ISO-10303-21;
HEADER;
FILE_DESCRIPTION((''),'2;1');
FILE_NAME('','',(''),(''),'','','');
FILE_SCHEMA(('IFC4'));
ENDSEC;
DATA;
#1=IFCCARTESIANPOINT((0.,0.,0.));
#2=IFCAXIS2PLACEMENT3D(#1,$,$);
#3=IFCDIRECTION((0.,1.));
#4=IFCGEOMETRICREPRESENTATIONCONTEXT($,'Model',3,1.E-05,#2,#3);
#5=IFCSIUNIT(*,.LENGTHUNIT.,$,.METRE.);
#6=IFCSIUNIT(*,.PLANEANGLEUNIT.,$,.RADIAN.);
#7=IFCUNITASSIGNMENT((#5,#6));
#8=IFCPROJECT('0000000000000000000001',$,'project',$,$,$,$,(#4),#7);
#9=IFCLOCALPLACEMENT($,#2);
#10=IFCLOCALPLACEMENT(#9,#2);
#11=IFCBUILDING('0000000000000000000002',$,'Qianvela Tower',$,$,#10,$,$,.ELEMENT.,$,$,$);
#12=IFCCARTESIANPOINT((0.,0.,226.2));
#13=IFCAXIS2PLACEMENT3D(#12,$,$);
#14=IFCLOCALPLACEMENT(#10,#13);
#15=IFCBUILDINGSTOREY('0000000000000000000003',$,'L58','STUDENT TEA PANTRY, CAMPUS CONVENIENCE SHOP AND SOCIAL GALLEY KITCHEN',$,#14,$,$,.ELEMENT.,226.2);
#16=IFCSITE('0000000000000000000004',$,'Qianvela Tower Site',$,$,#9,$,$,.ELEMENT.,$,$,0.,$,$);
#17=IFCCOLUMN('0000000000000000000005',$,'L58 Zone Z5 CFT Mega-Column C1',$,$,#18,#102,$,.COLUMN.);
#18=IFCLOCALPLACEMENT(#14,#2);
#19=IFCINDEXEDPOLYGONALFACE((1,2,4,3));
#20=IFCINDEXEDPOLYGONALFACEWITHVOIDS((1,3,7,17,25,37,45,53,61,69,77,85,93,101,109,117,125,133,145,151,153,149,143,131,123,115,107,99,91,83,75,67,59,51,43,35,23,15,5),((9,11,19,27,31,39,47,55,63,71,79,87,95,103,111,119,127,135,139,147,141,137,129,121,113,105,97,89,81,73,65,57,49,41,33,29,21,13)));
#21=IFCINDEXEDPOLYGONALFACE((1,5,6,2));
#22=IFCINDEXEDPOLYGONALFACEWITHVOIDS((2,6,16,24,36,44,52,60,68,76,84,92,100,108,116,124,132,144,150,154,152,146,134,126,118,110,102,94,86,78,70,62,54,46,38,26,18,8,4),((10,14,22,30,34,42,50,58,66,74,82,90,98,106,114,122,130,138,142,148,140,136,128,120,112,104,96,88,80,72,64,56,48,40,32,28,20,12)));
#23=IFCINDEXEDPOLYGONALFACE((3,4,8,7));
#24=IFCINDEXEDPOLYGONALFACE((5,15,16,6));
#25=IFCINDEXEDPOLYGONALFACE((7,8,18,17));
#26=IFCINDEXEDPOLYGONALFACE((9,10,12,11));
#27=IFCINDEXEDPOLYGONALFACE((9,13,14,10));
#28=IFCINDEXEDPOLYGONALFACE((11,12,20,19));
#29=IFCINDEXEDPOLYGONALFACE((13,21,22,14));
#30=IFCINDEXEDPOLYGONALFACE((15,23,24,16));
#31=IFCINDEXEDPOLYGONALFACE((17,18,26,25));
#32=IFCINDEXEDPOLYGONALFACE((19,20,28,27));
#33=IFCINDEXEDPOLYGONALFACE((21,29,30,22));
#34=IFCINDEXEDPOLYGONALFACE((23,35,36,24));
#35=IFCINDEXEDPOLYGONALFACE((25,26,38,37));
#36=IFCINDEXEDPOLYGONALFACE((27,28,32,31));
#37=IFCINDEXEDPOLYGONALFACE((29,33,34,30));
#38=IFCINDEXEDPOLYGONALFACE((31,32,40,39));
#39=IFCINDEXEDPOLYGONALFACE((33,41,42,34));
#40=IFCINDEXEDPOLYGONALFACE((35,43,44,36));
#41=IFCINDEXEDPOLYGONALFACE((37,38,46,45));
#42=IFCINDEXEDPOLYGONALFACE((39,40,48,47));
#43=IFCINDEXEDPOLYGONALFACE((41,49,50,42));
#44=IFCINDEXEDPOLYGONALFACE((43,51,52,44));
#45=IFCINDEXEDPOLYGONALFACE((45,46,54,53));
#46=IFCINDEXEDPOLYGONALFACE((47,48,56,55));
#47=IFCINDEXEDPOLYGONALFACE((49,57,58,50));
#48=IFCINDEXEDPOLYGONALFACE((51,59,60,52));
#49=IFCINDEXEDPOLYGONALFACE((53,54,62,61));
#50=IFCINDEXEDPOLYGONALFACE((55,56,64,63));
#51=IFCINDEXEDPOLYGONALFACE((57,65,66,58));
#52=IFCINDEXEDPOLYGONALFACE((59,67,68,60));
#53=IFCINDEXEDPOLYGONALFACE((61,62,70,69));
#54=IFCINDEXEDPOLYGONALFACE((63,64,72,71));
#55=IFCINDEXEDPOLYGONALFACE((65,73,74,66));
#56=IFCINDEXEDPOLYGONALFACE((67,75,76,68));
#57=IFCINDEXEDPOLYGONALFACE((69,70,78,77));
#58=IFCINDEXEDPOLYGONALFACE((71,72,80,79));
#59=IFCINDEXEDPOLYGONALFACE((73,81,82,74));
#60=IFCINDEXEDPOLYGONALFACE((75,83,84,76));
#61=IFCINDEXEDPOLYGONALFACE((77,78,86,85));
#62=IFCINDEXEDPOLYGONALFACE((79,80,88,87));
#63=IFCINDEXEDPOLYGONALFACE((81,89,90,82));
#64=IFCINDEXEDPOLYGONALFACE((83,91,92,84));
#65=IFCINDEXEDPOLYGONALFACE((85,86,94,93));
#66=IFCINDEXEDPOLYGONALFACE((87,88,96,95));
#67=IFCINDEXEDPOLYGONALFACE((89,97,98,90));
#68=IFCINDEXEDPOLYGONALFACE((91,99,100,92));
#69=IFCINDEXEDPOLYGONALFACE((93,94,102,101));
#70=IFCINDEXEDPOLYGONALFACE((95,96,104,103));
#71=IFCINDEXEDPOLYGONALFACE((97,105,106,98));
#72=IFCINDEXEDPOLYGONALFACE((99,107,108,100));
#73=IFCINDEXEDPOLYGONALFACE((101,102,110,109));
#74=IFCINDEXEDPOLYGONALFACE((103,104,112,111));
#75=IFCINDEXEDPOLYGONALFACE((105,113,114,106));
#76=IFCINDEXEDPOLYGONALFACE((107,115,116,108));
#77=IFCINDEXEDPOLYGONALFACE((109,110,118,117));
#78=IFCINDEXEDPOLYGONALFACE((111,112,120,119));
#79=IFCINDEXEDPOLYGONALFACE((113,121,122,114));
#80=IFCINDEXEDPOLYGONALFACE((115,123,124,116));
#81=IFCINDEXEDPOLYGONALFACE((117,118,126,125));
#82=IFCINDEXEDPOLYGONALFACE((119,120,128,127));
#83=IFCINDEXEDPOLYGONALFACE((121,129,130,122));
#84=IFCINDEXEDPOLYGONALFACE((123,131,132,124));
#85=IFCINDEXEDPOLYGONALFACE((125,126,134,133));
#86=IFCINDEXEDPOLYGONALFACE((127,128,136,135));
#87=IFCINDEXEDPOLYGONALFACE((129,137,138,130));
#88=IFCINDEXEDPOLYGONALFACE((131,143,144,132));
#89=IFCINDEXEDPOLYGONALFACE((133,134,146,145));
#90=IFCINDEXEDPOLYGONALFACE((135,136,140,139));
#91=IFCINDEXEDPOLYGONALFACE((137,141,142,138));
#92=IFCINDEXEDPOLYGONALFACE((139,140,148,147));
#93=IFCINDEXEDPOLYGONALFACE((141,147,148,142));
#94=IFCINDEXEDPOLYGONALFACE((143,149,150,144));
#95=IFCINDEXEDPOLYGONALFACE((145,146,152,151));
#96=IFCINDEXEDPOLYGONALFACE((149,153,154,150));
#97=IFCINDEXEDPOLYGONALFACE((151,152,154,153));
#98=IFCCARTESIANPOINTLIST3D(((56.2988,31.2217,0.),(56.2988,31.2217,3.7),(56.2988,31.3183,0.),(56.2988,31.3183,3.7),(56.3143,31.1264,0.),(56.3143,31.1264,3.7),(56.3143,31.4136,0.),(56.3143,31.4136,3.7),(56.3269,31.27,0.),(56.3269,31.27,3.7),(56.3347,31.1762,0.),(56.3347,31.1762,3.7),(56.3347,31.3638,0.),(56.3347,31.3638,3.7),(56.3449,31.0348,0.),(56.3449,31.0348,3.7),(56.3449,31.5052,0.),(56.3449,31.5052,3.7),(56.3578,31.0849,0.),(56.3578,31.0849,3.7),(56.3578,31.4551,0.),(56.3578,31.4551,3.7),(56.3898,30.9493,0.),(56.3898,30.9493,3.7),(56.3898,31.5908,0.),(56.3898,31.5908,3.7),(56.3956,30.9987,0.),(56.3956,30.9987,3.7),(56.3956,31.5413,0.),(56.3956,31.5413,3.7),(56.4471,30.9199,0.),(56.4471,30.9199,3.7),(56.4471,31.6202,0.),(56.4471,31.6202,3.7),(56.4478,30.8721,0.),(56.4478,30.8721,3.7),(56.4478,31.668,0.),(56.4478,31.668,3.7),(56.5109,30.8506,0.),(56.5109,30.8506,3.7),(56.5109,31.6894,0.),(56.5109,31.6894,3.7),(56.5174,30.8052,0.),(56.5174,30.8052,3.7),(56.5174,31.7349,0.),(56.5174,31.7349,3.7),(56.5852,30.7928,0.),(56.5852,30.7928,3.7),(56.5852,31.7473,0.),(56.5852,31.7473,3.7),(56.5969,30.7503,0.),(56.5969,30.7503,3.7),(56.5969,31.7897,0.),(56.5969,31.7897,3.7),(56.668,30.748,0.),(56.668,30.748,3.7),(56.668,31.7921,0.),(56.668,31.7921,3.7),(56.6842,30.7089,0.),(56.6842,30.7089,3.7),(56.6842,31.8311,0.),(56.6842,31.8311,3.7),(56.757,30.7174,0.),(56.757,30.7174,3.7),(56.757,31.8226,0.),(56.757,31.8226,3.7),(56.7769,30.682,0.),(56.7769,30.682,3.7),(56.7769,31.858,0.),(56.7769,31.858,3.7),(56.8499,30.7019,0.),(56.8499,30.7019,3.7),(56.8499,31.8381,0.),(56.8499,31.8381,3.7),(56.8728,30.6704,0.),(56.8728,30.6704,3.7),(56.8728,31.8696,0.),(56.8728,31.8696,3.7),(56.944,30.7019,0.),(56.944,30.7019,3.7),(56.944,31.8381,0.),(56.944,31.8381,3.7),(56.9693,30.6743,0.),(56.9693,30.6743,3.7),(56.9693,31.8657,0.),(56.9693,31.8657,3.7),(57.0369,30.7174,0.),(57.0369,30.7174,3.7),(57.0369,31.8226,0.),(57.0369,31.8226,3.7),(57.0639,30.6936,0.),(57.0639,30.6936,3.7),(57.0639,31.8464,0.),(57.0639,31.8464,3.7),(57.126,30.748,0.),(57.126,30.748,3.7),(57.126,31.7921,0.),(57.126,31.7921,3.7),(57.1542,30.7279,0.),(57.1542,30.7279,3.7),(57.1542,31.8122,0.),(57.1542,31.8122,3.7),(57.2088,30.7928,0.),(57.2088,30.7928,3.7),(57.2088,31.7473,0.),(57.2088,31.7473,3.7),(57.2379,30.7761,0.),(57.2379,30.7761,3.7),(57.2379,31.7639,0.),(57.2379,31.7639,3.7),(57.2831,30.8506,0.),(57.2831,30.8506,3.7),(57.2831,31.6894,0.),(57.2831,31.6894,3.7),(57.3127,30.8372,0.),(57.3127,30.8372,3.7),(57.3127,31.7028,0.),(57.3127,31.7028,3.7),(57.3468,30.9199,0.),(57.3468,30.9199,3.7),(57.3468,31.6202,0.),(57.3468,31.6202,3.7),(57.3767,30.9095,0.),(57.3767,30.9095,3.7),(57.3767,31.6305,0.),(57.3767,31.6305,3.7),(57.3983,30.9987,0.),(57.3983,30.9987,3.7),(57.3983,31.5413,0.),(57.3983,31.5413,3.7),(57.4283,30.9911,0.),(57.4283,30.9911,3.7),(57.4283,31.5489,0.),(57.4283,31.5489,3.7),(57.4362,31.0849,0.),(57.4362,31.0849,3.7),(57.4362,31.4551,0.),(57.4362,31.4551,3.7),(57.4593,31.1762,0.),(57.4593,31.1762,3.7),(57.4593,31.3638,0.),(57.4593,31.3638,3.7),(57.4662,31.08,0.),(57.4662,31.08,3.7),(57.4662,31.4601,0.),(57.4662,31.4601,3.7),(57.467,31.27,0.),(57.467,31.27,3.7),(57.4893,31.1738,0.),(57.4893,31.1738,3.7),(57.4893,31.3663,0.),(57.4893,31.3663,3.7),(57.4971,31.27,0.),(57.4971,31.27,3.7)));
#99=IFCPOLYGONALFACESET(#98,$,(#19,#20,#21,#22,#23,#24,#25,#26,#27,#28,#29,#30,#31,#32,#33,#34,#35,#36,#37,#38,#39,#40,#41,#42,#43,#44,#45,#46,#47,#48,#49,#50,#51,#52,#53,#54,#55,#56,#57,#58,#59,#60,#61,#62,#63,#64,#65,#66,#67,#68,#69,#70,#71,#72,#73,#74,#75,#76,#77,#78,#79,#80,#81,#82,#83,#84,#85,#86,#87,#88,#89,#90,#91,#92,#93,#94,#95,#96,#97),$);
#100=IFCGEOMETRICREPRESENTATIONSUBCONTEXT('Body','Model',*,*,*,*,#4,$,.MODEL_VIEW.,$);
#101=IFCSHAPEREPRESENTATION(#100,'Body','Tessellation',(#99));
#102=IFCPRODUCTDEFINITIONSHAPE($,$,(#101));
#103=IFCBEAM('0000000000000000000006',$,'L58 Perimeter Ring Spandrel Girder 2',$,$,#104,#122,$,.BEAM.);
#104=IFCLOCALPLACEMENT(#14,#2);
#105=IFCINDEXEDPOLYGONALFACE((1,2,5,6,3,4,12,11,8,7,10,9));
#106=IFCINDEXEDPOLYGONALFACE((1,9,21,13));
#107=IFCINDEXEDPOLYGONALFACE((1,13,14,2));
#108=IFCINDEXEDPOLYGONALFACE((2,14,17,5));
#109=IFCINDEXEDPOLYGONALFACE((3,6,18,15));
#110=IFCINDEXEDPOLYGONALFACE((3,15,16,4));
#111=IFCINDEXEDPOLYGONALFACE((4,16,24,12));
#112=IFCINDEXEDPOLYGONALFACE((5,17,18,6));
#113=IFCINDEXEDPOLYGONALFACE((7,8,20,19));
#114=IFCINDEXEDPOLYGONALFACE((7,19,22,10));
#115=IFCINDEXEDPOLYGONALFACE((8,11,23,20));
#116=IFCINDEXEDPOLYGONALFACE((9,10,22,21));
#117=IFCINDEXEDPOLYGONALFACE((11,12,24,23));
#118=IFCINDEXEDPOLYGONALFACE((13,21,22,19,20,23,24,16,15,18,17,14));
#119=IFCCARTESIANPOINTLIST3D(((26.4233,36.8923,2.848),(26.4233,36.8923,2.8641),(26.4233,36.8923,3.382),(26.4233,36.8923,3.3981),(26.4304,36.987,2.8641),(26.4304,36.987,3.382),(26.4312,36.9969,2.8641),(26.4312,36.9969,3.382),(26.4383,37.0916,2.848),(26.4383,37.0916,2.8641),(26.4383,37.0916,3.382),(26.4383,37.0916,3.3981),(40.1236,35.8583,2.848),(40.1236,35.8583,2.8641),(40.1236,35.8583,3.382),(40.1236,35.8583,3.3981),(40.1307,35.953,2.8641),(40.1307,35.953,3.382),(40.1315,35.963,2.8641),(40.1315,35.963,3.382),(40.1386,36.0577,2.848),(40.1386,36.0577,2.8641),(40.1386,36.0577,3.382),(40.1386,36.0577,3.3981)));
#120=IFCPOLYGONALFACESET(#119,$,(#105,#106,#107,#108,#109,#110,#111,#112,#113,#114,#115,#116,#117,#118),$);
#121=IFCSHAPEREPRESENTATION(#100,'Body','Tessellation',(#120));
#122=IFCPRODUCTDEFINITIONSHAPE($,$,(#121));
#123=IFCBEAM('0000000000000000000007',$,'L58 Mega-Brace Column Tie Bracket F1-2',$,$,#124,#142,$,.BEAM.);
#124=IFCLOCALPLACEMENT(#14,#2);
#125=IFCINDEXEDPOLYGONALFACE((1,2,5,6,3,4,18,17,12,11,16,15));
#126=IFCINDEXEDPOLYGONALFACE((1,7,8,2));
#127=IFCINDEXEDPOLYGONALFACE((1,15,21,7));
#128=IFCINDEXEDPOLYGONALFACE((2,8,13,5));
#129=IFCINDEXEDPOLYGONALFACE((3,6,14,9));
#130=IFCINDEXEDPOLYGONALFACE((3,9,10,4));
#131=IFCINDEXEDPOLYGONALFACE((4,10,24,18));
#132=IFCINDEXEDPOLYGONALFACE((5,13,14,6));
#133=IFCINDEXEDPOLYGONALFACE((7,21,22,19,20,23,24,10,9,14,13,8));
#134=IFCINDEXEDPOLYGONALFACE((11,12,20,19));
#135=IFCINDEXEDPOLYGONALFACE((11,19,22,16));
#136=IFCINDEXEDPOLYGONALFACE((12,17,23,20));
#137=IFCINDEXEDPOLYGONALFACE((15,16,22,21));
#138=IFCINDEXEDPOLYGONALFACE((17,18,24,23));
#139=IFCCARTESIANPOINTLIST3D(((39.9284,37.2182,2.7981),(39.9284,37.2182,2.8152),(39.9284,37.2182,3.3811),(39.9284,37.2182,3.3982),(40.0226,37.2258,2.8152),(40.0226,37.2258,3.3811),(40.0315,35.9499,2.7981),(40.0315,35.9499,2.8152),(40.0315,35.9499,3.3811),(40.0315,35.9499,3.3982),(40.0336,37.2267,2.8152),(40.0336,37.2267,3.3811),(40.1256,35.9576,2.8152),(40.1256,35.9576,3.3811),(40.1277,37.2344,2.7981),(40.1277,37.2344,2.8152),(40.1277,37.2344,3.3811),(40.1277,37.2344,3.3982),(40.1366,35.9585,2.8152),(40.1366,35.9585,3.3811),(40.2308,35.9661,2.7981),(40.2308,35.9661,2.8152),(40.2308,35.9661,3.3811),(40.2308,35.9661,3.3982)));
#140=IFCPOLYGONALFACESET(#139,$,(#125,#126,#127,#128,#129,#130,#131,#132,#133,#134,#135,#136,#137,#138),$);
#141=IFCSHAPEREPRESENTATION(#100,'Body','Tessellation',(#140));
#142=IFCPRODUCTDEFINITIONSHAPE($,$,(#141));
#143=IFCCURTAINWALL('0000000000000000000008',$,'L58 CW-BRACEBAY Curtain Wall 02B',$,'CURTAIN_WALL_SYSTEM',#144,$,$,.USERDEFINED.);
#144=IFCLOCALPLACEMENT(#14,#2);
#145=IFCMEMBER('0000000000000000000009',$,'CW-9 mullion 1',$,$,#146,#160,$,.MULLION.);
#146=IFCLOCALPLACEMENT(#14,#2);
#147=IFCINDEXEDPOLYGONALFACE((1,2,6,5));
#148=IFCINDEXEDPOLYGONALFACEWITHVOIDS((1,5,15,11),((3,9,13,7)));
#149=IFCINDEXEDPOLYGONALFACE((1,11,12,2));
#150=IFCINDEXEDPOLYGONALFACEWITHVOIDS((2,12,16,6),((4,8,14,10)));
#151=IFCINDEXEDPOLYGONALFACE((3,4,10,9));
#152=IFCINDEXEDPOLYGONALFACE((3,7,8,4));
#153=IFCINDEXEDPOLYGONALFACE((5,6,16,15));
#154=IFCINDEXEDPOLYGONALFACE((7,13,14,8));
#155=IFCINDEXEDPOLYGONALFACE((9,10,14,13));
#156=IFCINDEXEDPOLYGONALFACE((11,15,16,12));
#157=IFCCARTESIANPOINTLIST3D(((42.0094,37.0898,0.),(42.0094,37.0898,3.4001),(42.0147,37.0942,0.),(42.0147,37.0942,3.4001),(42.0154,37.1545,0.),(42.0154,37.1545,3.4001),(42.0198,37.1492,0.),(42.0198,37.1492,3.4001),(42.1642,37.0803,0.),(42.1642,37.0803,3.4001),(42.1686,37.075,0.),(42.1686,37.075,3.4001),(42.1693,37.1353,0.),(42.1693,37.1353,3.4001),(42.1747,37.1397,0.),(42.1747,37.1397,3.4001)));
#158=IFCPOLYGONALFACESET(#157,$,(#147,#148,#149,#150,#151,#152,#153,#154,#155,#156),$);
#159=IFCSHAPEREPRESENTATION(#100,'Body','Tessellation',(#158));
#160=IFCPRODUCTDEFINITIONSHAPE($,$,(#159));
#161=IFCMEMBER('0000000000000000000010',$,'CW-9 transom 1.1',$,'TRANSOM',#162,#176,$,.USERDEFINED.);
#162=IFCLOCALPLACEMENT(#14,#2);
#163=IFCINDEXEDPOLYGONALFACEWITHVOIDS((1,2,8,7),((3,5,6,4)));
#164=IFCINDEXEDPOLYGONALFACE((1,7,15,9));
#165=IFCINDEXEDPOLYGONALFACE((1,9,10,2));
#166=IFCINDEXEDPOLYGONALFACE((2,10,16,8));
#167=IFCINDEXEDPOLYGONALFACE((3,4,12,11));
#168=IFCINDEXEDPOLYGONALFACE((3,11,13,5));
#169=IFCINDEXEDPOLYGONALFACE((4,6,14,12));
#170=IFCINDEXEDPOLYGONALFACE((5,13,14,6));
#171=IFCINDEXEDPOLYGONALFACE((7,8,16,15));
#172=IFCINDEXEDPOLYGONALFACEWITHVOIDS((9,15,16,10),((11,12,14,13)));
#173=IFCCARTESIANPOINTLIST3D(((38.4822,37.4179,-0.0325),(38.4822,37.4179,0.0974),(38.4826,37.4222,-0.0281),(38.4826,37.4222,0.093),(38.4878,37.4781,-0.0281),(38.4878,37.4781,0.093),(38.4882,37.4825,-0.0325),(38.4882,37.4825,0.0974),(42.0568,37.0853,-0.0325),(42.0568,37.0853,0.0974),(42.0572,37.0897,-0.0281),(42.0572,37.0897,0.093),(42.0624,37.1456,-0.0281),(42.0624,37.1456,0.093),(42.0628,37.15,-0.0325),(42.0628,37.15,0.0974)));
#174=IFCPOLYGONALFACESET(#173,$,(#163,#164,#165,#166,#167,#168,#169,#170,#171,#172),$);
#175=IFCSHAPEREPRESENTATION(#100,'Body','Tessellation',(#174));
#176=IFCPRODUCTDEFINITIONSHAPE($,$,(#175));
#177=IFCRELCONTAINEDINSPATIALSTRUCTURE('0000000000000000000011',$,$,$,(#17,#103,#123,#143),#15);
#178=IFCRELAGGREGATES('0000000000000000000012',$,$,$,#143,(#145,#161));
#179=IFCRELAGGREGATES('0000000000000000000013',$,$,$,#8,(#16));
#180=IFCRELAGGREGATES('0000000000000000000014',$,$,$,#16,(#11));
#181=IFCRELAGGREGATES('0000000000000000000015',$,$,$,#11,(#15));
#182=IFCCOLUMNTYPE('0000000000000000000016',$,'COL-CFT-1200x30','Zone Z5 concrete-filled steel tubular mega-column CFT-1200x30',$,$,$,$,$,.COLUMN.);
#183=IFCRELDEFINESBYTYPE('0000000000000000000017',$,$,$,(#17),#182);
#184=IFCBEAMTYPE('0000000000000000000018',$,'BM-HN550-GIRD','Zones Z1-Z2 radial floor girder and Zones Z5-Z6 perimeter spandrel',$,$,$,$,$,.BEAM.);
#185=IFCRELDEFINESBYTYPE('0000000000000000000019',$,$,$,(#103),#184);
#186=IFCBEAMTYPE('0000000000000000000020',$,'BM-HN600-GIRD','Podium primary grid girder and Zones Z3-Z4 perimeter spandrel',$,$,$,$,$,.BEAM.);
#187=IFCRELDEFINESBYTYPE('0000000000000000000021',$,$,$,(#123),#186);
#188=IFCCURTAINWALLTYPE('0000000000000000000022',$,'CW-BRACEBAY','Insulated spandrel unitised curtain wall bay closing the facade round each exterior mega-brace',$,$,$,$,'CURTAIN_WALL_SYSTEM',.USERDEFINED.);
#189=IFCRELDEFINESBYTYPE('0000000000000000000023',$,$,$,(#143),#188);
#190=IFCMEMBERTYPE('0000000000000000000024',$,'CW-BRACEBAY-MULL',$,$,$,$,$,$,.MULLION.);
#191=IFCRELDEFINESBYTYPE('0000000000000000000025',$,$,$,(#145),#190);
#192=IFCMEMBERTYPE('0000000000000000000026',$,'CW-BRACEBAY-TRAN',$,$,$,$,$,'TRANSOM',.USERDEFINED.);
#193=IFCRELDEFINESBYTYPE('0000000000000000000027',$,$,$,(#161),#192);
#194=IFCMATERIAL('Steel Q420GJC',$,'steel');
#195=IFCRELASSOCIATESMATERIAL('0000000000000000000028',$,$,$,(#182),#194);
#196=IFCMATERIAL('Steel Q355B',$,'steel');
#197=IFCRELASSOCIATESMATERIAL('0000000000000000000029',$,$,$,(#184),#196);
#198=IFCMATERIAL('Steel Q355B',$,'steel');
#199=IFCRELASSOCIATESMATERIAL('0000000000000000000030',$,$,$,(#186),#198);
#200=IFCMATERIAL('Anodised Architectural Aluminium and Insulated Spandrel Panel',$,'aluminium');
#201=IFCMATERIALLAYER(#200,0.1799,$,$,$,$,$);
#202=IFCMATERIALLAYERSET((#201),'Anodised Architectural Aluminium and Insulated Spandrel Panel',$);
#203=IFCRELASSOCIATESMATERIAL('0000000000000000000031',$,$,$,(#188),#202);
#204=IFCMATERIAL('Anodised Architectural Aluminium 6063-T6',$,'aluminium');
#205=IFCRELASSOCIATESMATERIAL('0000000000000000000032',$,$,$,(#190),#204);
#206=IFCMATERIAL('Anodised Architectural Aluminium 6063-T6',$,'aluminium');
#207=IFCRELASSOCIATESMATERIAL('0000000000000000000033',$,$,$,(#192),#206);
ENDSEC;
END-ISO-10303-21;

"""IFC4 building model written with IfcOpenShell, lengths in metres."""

from ifc_helpers import new_model, si_unit, direction, frame, origin, origin_2d, place, context, subcontext, project, spatial, hollow_rectangle, hollow_circle, i_section, extrude, material, layer, layer_set, material_profile, profile_set, type_object, element, aggregate, save


model = new_model("IFC4")

# Units and contexts
model_context = context("Model", 3, precision=1e-05, world=origin(), true_north=direction((0.0, 1.0)))
body_context = subcontext(model_context, "Body", "Model", "MODEL_VIEW")
ifc_project = project(units=[si_unit("LENGTHUNIT", "METRE"), si_unit("PLANEANGLEUNIT", "RADIAN")], contexts=[model_context])

# Site, building, storey
site_placement = place(None, origin())
site = spatial("IfcSite", under=ifc_project, at=site_placement, Name="Qianvela Tower Site", CompositionType="ELEMENT", RefElevation=0.0)
building_placement = place(site_placement, origin())
building = spatial("IfcBuilding", under=site, at=building_placement, Name="Qianvela Tower", CompositionType="ELEMENT")
storey_placement = place(building_placement, frame((0.0, 0.0, 226.2)))
storey = spatial("IfcBuildingStorey", under=building, at=storey_placement, Name="L58", Description="STUDENT TEA PANTRY, CAMPUS CONVENIENCE SHOP AND SOCIAL GALLEY KITCHEN", CompositionType="ELEMENT", Elevation=226.2)

# Column
ifc_material_1 = material(Name="Steel Q420GJC", Category="steel")
ifc_material_profile_1 = material_profile(ifc_material_1, hollow_circle(Radius=0.6001, WallThickness=0.03, at=origin_2d()), Name="CFT-1200x30")
ifc_profile_set_1 = profile_set([ifc_material_profile_1], Name="Steel Q420GJC")
column_type = type_object("IfcColumnType", Name="COL-CFT-1200x30", Description="Zone Z5 concrete-filled steel tubular mega-column CFT-1200x30", PredefinedType="COLUMN", material=ifc_profile_set_1)
column_placement = place(storey_placement, frame((56.897, 31.27, 0.0), z_axis=(0.0, 0.0, 1.0), x_axis=(1.0, 0.0, 0.0)))
element("IfcColumn", 1, at=column_placement, inside=storey, type_object=column_type, Name="L58 Zone Z5 CFT Mega-Column C1", PredefinedType="COLUMN", context=body_context, shape_type="SweptSolid", body=[
    extrude(hollow_circle(Radius=0.6001, WallThickness=0.03, at=origin_2d()), origin(), (0.0, 0.0, 1.0), 3.7),
])

# Beams
ifc_material_2 = material(Name="Steel Q355B", Category="steel")
ifc_material_profile_2 = material_profile(ifc_material_2, i_section(OverallWidth=0.2, OverallDepth=0.55, WebThickness=0.01, FlangeThickness=0.0161, at=origin_2d()), Name="HN550x200x10x16")
ifc_profile_set_2 = profile_set([ifc_material_profile_2], Name="Steel Q355B")
beam_type_1 = type_object("IfcBeamType", Name="BM-HN550-GIRD", Description="Zones Z1-Z2 radial floor girder and Zones Z5-Z6 perimeter spandrel", PredefinedType="BEAM", material=ifc_profile_set_2)
beam_1_placement = place(storey_placement, frame((40.1311, 35.958, 3.123), z_axis=(-0.997164, 0.075255, 0.0), x_axis=(-0.075255, -0.997164, 0.0)))
element("IfcBeam", 2, at=beam_1_placement, inside=storey, type_object=beam_type_1, Name="L58 Perimeter Ring Spandrel Girder 2", PredefinedType="BEAM", context=body_context, shape_type="SweptSolid", body=[
    extrude(i_section(OverallWidth=0.2, OverallDepth=0.55, WebThickness=0.01, FlangeThickness=0.0161, at=origin_2d()), origin(), (0.0, 0.0, 1.0), 13.7393),
])
ifc_material_3 = material(Name="Steel Q355B", Category="steel")
ifc_material_profile_3 = material_profile(ifc_material_3, i_section(OverallWidth=0.2, OverallDepth=0.6001, WebThickness=0.011, FlangeThickness=0.0171, at=origin_2d()), Name="HN600x200x11x17")
ifc_profile_set_3 = profile_set([ifc_material_profile_3], Name="Steel Q355B")
beam_type_2 = type_object("IfcBeamType", Name="BM-HN600-GIRD", Description="Podium primary grid girder and Zones Z3-Z4 perimeter spandrel", PredefinedType="BEAM", material=ifc_profile_set_3)
beam_2_placement = place(storey_placement, frame((40.1311, 35.958, 3.0981), z_axis=(-0.080965, 0.996717, 0.0), x_axis=(-0.996717, -0.080965, 0.0)))
element("IfcBeam", 3, at=beam_2_placement, inside=storey, type_object=beam_type_2, Name="L58 Mega-Brace Column Tie Bracket F1-2", PredefinedType="BEAM", context=body_context, shape_type="SweptSolid", body=[
    extrude(i_section(OverallWidth=0.2, OverallDepth=0.6001, WebThickness=0.011, FlangeThickness=0.0171, at=origin_2d()), origin(), (0.0, 0.0, 1.0), 1.2725),
])

# Curtain wall, members
ifc_material_4 = material(Name="Anodised Architectural Aluminium and Insulated Spandrel Panel", Category="aluminium")
ifc_layer_1 = layer(ifc_material_4, 0.1799)
ifc_layer_set_1 = layer_set([ifc_layer_1], Name="Anodised Architectural Aluminium and Insulated Spandrel Panel")
curtain_wall_type_1 = type_object("IfcCurtainWallType", Name="CW-BRACEBAY", Description="Insulated spandrel unitised curtain wall bay closing the facade round each exterior mega-brace", ElementType="CURTAIN_WALL_SYSTEM", PredefinedType="USERDEFINED", material=ifc_layer_set_1)
curtain_wall_1_placement = place(storey_placement, origin())
curtain_wall_1 = element("IfcCurtainWall", 4, at=curtain_wall_1_placement, inside=storey, type_object=curtain_wall_type_1, Name="L58 CW-BRACEBAY Curtain Wall 02B", ObjectType="CURTAIN_WALL_SYSTEM", PredefinedType="USERDEFINED")
ifc_material_5 = material(Name="Anodised Architectural Aluminium 6063-T6", Category="aluminium")
ifc_material_profile_4 = material_profile(ifc_material_5, hollow_rectangle(XDim=0.0649, YDim=0.1599, WallThickness=0.0049, at=origin_2d()), Name="ALU-MULL-65x160")
ifc_profile_set_4 = profile_set([ifc_material_profile_4], Name="Anodised Architectural Aluminium 6063-T6")
member_type_1 = type_object("IfcMemberType", Name="CW-BRACEBAY-MULL", PredefinedType="MULLION", material=ifc_profile_set_4)
member_1_placement = place(storey_placement, frame((42.092, 37.1147, 0.0), z_axis=(0.0, 0.0, 1.0), x_axis=(-0.092581, -0.995705, 0.0)))
member_1 = element("IfcMember", 5, at=member_1_placement, type_object=member_type_1, Name="CW-9 mullion 1", PredefinedType="MULLION", context=body_context, shape_type="SweptSolid", body=[
    extrude(hollow_rectangle(XDim=0.0649, YDim=0.1599, WallThickness=0.0049, at=origin_2d()), origin(), (0.0, 0.0, 1.0), 3.4001),
])
ifc_material_6 = material(Name="Anodised Architectural Aluminium 6063-T6", Category="aluminium")
ifc_material_profile_5 = material_profile(ifc_material_6, hollow_rectangle(XDim=0.0649, YDim=0.1299, WallThickness=0.0044, at=origin_2d()), Name="ALU-TRAN-65x130")
ifc_profile_set_5 = profile_set([ifc_material_profile_5], Name="Anodised Architectural Aluminium 6063-T6")
member_type_2 = type_object("IfcMemberType", Name="CW-BRACEBAY-TRAN", ElementType="TRANSOM", PredefinedType="USERDEFINED", material=ifc_profile_set_5)
member_2_placement = place(storey_placement, frame((42.0598, 37.1177, 0.0325), z_axis=(-0.995702, 0.09262, 0.0), x_axis=(-0.09262, -0.995702, 0.0)))
member_2 = element("IfcMember", 6, at=member_2_placement, type_object=member_type_2, Name="CW-9 transom 1.1", ObjectType="TRANSOM", PredefinedType="USERDEFINED", context=body_context, shape_type="SweptSolid", body=[
    extrude(hollow_rectangle(XDim=0.0649, YDim=0.1299, WallThickness=0.0044, at=origin_2d()), origin(), (0.0, 0.0, 1.0), 3.5901),
])

aggregate(curtain_wall_1, [member_1, member_2])

save(model, "model.ifc")
